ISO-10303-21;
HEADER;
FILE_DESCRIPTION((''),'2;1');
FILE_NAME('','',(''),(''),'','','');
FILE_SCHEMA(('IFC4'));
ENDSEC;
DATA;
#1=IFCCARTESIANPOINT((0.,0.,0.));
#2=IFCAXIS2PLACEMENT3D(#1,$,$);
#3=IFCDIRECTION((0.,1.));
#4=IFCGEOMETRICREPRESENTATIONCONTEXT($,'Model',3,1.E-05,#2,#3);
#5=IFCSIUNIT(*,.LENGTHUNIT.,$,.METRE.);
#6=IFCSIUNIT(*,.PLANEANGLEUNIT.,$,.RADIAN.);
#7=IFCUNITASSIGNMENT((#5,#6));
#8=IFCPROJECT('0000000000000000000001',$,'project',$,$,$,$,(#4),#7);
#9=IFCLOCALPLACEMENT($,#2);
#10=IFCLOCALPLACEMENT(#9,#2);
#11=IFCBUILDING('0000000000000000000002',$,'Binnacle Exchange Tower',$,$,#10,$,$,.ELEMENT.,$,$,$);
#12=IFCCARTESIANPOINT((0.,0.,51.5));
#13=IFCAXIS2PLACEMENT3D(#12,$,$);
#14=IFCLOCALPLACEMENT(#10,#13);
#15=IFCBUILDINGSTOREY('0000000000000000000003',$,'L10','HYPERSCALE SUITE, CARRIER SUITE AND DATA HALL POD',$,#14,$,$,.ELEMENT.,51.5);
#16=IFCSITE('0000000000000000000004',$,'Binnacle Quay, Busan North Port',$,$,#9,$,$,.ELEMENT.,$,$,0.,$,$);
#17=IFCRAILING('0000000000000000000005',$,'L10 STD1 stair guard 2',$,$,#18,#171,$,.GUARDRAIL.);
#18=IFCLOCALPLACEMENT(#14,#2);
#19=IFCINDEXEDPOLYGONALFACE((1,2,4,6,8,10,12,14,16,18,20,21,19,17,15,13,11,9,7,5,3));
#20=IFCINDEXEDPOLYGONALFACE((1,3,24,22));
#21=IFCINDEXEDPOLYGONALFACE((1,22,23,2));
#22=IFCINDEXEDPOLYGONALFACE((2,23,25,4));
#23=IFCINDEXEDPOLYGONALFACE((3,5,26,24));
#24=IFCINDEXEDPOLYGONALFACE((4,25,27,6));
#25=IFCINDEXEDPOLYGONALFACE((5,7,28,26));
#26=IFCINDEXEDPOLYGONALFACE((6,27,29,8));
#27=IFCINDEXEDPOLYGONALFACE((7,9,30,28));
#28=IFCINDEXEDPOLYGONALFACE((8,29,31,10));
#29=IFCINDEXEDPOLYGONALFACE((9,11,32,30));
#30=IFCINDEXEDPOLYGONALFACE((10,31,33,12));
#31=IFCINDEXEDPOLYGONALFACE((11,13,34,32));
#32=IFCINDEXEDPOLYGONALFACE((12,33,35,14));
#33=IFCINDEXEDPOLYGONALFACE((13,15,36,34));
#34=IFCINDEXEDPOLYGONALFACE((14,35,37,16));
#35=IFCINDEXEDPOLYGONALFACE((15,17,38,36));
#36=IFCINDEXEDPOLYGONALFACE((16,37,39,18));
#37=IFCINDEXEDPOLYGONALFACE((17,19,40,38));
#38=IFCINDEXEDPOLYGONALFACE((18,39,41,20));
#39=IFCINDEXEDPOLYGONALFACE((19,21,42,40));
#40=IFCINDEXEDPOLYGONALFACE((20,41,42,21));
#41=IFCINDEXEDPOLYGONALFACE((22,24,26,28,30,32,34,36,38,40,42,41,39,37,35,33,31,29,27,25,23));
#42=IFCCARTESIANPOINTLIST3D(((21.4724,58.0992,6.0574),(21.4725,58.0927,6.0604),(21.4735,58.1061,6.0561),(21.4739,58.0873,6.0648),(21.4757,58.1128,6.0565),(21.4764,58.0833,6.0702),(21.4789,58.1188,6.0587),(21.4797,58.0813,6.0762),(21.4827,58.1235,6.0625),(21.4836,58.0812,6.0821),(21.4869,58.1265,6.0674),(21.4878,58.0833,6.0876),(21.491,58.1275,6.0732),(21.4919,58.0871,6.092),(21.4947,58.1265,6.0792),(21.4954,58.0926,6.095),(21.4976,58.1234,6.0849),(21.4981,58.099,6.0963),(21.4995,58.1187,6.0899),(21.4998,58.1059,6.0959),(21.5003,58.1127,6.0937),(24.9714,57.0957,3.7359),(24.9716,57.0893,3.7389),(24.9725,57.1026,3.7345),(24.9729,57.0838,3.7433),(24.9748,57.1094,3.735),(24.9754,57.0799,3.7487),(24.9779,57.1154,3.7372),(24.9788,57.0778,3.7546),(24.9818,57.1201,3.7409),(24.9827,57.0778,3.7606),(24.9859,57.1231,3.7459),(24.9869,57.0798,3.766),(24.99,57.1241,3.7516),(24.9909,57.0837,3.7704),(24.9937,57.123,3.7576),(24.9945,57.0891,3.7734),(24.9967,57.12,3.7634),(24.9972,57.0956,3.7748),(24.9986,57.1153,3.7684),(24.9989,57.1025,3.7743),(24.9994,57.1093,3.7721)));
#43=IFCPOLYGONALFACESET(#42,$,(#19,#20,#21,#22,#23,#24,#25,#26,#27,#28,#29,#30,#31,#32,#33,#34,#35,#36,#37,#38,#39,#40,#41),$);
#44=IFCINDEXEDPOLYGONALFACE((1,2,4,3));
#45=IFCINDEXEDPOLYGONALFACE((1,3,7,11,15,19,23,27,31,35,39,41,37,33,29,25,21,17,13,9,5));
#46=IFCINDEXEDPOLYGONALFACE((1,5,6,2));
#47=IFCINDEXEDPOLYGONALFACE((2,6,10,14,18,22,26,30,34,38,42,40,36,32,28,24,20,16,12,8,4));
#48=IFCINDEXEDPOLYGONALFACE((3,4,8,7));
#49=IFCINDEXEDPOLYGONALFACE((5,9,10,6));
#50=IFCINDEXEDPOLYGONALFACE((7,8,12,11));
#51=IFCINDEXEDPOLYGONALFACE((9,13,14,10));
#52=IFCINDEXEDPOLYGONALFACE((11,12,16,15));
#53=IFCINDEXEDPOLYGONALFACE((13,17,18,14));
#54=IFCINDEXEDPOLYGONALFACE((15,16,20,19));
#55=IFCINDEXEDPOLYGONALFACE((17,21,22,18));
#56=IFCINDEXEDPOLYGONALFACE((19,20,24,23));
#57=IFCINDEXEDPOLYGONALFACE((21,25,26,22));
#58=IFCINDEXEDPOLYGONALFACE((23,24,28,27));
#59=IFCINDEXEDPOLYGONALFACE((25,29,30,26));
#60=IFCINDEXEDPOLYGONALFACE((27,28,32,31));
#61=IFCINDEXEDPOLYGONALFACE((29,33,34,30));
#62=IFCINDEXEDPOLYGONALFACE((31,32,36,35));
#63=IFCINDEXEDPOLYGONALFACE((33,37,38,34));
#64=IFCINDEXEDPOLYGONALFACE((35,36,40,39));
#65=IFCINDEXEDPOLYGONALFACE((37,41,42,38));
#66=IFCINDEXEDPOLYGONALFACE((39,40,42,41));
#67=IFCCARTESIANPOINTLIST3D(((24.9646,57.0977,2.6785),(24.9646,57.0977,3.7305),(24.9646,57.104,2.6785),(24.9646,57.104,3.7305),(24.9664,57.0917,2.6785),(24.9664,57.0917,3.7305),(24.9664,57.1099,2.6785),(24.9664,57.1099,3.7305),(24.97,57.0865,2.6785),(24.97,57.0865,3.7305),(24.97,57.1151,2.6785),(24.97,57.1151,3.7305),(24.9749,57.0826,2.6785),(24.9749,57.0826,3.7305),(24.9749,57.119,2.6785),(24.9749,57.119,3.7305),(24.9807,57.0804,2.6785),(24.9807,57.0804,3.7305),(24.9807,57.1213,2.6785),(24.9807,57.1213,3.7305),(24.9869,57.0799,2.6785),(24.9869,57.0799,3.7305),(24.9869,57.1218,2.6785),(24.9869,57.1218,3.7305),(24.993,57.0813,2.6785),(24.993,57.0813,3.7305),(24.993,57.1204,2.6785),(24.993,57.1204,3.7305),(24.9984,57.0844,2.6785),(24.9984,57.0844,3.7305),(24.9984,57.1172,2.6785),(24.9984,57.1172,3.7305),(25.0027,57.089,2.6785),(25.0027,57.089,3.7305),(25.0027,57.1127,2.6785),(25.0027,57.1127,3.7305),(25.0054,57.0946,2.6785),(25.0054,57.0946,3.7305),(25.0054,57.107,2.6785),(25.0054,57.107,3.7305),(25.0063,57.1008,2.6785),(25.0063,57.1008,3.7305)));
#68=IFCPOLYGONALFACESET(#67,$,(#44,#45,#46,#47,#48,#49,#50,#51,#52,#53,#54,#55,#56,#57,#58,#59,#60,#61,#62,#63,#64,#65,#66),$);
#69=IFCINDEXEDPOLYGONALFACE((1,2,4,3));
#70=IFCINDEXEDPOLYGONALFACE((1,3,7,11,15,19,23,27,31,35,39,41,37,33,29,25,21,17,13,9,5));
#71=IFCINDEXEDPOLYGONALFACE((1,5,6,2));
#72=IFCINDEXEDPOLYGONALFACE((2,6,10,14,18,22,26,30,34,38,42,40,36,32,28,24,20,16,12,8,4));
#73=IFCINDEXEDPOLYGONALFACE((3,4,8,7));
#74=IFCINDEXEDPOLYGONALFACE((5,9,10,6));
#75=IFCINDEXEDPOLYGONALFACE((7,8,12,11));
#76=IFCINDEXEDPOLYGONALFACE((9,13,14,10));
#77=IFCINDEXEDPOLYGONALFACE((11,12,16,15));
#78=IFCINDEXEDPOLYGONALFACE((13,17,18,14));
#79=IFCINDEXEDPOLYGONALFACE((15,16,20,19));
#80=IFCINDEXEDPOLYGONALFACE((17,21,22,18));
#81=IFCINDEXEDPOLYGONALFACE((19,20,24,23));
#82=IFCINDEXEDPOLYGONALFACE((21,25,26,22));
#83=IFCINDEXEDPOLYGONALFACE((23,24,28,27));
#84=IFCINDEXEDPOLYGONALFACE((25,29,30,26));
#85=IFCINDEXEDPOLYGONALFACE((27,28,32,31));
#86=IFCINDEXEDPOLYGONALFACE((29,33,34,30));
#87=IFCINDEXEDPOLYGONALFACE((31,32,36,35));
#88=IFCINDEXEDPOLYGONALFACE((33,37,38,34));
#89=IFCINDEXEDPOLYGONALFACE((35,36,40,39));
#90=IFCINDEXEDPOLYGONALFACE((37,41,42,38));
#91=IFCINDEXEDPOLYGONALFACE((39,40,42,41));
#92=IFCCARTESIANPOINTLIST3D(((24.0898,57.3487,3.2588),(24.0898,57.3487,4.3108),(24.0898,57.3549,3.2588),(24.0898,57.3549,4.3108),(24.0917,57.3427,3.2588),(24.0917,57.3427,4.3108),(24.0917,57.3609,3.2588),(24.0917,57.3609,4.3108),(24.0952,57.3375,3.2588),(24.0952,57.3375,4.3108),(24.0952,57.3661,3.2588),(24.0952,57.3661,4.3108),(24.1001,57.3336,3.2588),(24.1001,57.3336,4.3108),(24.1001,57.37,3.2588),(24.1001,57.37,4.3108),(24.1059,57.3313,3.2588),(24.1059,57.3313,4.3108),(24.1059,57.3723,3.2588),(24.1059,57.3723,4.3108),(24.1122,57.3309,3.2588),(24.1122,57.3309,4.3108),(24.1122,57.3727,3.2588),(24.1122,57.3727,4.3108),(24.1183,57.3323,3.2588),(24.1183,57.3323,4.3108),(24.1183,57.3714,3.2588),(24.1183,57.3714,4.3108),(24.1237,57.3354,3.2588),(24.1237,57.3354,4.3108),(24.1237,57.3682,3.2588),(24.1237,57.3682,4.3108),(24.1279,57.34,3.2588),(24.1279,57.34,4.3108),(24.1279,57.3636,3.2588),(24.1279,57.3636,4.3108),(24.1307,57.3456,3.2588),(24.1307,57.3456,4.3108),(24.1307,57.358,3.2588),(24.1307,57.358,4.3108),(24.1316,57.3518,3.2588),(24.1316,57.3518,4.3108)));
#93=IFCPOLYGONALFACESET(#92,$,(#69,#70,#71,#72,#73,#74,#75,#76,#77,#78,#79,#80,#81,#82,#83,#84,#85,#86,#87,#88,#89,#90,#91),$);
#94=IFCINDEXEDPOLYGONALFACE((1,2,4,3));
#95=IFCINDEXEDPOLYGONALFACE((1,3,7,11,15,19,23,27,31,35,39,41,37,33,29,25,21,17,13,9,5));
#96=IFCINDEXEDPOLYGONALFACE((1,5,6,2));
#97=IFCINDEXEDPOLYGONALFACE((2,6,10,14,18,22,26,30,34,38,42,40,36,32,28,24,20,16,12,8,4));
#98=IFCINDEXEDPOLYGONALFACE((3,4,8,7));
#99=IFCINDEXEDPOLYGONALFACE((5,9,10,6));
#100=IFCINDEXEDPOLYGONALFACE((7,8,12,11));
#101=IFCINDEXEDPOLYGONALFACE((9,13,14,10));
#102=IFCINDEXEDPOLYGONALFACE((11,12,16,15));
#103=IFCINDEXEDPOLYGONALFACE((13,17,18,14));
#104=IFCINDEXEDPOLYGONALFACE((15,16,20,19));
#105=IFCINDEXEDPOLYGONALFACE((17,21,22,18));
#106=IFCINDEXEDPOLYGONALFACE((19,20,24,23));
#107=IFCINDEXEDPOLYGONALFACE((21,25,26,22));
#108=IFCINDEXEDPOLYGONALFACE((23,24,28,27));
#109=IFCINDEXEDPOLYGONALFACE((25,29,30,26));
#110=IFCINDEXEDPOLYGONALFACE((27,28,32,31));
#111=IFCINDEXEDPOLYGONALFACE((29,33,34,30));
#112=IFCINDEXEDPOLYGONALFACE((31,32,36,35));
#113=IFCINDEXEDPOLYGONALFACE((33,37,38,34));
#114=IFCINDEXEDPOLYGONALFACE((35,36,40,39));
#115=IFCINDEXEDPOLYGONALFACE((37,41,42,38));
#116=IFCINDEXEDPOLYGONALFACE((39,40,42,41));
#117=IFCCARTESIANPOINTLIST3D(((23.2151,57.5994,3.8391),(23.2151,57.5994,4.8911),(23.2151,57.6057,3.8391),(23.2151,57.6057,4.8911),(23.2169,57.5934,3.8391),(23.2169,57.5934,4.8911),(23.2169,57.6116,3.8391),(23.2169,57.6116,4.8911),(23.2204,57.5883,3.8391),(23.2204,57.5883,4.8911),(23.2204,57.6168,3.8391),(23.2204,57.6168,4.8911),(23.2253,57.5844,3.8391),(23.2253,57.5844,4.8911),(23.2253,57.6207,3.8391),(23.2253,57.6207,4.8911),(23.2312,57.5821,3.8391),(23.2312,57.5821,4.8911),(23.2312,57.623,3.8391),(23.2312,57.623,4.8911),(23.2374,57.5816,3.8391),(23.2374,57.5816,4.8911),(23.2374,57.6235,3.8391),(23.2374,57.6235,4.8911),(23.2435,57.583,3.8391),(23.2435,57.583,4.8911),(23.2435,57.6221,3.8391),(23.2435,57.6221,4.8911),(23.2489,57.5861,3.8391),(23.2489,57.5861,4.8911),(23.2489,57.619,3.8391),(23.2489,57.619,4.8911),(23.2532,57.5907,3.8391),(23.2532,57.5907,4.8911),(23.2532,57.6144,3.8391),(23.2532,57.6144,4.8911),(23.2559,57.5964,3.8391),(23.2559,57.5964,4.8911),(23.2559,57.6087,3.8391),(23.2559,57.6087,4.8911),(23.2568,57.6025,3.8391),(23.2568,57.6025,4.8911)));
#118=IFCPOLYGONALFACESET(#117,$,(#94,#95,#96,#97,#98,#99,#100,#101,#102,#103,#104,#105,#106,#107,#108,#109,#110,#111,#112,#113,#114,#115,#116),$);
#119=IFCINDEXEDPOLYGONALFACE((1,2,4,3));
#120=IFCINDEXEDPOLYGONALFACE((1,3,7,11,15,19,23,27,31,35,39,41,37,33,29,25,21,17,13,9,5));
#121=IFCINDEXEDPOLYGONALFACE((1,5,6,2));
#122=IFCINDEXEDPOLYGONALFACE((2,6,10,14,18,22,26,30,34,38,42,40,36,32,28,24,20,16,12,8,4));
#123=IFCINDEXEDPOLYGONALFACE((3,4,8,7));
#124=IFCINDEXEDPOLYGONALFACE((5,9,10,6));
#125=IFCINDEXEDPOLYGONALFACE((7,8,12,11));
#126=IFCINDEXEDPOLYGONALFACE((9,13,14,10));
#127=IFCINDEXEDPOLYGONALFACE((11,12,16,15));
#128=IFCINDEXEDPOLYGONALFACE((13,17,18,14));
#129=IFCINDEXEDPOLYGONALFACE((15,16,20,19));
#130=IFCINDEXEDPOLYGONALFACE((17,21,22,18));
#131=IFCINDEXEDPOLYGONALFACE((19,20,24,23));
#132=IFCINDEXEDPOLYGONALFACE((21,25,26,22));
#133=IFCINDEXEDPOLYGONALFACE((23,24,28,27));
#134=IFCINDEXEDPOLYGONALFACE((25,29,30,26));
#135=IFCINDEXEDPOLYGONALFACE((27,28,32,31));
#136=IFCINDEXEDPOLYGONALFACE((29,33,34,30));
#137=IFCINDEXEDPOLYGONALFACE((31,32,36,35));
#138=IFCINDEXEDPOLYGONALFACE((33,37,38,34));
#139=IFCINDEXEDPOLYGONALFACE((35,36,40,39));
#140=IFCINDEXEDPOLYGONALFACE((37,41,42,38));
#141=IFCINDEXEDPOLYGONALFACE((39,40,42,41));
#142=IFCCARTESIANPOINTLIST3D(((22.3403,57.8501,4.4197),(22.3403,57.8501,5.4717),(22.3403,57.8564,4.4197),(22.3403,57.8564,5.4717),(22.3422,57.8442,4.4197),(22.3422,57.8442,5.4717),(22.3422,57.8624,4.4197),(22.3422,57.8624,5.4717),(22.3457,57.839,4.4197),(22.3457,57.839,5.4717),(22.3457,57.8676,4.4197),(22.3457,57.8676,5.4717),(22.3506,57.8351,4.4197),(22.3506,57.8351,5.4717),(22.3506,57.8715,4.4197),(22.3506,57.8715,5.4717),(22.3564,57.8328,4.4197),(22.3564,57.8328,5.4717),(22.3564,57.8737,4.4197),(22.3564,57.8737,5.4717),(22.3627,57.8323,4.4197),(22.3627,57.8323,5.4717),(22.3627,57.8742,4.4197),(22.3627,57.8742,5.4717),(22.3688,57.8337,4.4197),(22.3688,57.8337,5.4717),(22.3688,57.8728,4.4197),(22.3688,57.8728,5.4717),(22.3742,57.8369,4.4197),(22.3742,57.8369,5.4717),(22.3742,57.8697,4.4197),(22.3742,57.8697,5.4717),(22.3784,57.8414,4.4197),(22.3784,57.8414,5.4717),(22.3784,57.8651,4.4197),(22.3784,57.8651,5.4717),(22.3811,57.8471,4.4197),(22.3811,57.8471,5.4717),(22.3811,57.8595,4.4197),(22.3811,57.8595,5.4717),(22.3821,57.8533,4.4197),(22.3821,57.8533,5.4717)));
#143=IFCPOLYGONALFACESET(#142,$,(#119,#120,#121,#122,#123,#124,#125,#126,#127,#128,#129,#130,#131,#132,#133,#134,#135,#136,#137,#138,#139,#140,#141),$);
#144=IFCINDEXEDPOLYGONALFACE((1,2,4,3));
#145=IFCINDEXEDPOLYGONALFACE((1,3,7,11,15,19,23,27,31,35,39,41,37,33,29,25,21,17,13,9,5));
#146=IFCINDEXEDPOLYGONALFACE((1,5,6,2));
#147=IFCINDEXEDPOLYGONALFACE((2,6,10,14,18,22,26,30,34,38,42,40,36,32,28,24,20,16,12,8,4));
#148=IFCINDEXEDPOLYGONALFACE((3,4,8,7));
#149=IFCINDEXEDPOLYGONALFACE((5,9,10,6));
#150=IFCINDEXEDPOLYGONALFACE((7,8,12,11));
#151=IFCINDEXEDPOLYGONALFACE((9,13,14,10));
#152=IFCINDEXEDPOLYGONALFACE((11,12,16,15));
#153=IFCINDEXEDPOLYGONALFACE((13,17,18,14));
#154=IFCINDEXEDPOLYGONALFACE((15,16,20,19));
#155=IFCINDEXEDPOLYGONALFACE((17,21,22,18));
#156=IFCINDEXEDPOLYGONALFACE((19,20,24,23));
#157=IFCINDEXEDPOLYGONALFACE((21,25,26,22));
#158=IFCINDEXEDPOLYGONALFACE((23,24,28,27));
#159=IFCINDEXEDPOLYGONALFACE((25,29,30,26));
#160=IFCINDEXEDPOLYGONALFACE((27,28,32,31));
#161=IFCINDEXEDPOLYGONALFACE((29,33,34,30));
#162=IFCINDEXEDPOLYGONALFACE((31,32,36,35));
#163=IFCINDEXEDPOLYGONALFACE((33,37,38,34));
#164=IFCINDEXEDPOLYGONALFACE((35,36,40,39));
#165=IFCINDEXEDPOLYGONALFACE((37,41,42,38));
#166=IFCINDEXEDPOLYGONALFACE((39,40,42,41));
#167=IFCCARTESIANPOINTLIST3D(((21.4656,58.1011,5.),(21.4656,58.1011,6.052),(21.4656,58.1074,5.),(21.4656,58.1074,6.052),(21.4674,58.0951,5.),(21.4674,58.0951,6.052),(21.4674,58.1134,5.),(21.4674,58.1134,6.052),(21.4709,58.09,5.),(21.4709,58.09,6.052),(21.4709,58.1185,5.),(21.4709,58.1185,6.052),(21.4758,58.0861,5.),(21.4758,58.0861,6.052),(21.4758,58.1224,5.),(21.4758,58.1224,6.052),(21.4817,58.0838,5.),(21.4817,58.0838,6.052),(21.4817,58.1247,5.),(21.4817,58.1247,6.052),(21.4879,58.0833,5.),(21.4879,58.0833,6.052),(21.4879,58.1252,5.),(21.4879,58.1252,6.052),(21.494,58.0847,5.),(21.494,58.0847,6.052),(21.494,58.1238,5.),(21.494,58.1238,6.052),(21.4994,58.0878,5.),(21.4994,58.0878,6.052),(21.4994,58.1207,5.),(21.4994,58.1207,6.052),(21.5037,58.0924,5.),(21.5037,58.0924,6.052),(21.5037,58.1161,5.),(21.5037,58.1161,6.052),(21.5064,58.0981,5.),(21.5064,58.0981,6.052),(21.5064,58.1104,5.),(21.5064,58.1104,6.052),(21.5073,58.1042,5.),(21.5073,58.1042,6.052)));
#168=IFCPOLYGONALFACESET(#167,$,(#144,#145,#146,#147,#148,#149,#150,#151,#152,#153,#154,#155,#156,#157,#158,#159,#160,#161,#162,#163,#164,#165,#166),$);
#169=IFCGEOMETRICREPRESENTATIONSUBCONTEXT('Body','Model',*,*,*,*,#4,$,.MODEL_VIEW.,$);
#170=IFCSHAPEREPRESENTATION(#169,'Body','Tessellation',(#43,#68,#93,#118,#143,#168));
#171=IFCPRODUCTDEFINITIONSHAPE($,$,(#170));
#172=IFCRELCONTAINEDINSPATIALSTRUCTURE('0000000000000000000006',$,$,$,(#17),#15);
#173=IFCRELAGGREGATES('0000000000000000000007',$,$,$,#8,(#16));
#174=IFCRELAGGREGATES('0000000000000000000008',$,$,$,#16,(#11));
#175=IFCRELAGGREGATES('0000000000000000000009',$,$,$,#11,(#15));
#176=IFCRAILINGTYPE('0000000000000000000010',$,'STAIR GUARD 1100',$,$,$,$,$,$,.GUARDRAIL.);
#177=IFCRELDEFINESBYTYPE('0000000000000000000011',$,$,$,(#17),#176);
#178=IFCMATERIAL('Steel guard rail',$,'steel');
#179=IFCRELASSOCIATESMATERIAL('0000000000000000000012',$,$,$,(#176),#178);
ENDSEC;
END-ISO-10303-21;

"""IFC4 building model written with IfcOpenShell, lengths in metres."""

from ifc_helpers import new_model, si_unit, direction, frame, origin, origin_2d, place, context, subcontext, project, spatial, circle, extrude, material, type_object, element, save


model = new_model("IFC4")

# Units and contexts
model_context = context("Model", 3, precision=1e-05, world=origin(), true_north=direction((0.0, 1.0)))
body_context = subcontext(model_context, "Body", "Model", "MODEL_VIEW")
ifc_project = project(units=[si_unit("LENGTHUNIT", "METRE"), si_unit("PLANEANGLEUNIT", "RADIAN")], contexts=[model_context])

# Site, building, storey
site_placement = place(None, origin())
site = spatial("IfcSite", under=ifc_project, at=site_placement, Name="Binnacle Quay, Busan North Port", CompositionType="ELEMENT", RefElevation=0.0)
building_placement = place(site_placement, origin())
building = spatial("IfcBuilding", under=site, at=building_placement, Name="Binnacle Exchange Tower", CompositionType="ELEMENT")
storey_placement = place(building_placement, frame((0.0, 0.0, 51.5)))
storey = spatial("IfcBuildingStorey", under=building, at=storey_placement, Name="L10", Description="HYPERSCALE SUITE, CARRIER SUITE AND DATA HALL POD", CompositionType="ELEMENT", Elevation=51.5)

# Railing
ifc_material_1 = material(Name="Steel guard rail", Category="steel")
railing_type_1 = type_object("IfcRailingType", Name="STAIR GUARD 1100", PredefinedType="GUARDRAIL", material=ifc_material_1)
railing_1_placement = place(storey_placement, frame((24.9854, 57.1008, 2.6785)))
element("IfcRailing", 1, at=railing_1_placement, inside=storey, type_object=railing_type_1, Name="L10 STD1 stair guard 2", PredefinedType="GUARDRAIL", context=body_context, shape_type="SweptSolid", body=[
    extrude(circle(Radius=0.0239, at=origin_2d()), frame((0.0, 0.0, 1.0762), z_axis=(-0.810456, 0.232415, 0.537722), x_axis=(-0.27566, -0.961255, 0.0)), (0.0, 0.0, 1.0), 4.3174),
    extrude(circle(Radius=0.021, at=origin_2d()), origin(), (0.0, 0.0, 1.0), 1.052),
    extrude(circle(Radius=0.021, at=origin_2d()), frame((-0.8748, 0.251, 0.5803)), (0.0, 0.0, 1.0), 1.052),
    extrude(circle(Radius=0.021, at=origin_2d()), frame((-1.7495, 0.5017, 1.1606)), (0.0, 0.0, 1.0), 1.052),
    extrude(circle(Radius=0.021, at=origin_2d()), frame((-2.6243, 0.7524, 1.7412)), (0.0, 0.0, 1.0), 1.052),
    extrude(circle(Radius=0.021, at=origin_2d()), frame((-3.499, 1.0034, 2.3215)), (0.0, 0.0, 1.0), 1.052),
])

save(model, "model.ifc")
